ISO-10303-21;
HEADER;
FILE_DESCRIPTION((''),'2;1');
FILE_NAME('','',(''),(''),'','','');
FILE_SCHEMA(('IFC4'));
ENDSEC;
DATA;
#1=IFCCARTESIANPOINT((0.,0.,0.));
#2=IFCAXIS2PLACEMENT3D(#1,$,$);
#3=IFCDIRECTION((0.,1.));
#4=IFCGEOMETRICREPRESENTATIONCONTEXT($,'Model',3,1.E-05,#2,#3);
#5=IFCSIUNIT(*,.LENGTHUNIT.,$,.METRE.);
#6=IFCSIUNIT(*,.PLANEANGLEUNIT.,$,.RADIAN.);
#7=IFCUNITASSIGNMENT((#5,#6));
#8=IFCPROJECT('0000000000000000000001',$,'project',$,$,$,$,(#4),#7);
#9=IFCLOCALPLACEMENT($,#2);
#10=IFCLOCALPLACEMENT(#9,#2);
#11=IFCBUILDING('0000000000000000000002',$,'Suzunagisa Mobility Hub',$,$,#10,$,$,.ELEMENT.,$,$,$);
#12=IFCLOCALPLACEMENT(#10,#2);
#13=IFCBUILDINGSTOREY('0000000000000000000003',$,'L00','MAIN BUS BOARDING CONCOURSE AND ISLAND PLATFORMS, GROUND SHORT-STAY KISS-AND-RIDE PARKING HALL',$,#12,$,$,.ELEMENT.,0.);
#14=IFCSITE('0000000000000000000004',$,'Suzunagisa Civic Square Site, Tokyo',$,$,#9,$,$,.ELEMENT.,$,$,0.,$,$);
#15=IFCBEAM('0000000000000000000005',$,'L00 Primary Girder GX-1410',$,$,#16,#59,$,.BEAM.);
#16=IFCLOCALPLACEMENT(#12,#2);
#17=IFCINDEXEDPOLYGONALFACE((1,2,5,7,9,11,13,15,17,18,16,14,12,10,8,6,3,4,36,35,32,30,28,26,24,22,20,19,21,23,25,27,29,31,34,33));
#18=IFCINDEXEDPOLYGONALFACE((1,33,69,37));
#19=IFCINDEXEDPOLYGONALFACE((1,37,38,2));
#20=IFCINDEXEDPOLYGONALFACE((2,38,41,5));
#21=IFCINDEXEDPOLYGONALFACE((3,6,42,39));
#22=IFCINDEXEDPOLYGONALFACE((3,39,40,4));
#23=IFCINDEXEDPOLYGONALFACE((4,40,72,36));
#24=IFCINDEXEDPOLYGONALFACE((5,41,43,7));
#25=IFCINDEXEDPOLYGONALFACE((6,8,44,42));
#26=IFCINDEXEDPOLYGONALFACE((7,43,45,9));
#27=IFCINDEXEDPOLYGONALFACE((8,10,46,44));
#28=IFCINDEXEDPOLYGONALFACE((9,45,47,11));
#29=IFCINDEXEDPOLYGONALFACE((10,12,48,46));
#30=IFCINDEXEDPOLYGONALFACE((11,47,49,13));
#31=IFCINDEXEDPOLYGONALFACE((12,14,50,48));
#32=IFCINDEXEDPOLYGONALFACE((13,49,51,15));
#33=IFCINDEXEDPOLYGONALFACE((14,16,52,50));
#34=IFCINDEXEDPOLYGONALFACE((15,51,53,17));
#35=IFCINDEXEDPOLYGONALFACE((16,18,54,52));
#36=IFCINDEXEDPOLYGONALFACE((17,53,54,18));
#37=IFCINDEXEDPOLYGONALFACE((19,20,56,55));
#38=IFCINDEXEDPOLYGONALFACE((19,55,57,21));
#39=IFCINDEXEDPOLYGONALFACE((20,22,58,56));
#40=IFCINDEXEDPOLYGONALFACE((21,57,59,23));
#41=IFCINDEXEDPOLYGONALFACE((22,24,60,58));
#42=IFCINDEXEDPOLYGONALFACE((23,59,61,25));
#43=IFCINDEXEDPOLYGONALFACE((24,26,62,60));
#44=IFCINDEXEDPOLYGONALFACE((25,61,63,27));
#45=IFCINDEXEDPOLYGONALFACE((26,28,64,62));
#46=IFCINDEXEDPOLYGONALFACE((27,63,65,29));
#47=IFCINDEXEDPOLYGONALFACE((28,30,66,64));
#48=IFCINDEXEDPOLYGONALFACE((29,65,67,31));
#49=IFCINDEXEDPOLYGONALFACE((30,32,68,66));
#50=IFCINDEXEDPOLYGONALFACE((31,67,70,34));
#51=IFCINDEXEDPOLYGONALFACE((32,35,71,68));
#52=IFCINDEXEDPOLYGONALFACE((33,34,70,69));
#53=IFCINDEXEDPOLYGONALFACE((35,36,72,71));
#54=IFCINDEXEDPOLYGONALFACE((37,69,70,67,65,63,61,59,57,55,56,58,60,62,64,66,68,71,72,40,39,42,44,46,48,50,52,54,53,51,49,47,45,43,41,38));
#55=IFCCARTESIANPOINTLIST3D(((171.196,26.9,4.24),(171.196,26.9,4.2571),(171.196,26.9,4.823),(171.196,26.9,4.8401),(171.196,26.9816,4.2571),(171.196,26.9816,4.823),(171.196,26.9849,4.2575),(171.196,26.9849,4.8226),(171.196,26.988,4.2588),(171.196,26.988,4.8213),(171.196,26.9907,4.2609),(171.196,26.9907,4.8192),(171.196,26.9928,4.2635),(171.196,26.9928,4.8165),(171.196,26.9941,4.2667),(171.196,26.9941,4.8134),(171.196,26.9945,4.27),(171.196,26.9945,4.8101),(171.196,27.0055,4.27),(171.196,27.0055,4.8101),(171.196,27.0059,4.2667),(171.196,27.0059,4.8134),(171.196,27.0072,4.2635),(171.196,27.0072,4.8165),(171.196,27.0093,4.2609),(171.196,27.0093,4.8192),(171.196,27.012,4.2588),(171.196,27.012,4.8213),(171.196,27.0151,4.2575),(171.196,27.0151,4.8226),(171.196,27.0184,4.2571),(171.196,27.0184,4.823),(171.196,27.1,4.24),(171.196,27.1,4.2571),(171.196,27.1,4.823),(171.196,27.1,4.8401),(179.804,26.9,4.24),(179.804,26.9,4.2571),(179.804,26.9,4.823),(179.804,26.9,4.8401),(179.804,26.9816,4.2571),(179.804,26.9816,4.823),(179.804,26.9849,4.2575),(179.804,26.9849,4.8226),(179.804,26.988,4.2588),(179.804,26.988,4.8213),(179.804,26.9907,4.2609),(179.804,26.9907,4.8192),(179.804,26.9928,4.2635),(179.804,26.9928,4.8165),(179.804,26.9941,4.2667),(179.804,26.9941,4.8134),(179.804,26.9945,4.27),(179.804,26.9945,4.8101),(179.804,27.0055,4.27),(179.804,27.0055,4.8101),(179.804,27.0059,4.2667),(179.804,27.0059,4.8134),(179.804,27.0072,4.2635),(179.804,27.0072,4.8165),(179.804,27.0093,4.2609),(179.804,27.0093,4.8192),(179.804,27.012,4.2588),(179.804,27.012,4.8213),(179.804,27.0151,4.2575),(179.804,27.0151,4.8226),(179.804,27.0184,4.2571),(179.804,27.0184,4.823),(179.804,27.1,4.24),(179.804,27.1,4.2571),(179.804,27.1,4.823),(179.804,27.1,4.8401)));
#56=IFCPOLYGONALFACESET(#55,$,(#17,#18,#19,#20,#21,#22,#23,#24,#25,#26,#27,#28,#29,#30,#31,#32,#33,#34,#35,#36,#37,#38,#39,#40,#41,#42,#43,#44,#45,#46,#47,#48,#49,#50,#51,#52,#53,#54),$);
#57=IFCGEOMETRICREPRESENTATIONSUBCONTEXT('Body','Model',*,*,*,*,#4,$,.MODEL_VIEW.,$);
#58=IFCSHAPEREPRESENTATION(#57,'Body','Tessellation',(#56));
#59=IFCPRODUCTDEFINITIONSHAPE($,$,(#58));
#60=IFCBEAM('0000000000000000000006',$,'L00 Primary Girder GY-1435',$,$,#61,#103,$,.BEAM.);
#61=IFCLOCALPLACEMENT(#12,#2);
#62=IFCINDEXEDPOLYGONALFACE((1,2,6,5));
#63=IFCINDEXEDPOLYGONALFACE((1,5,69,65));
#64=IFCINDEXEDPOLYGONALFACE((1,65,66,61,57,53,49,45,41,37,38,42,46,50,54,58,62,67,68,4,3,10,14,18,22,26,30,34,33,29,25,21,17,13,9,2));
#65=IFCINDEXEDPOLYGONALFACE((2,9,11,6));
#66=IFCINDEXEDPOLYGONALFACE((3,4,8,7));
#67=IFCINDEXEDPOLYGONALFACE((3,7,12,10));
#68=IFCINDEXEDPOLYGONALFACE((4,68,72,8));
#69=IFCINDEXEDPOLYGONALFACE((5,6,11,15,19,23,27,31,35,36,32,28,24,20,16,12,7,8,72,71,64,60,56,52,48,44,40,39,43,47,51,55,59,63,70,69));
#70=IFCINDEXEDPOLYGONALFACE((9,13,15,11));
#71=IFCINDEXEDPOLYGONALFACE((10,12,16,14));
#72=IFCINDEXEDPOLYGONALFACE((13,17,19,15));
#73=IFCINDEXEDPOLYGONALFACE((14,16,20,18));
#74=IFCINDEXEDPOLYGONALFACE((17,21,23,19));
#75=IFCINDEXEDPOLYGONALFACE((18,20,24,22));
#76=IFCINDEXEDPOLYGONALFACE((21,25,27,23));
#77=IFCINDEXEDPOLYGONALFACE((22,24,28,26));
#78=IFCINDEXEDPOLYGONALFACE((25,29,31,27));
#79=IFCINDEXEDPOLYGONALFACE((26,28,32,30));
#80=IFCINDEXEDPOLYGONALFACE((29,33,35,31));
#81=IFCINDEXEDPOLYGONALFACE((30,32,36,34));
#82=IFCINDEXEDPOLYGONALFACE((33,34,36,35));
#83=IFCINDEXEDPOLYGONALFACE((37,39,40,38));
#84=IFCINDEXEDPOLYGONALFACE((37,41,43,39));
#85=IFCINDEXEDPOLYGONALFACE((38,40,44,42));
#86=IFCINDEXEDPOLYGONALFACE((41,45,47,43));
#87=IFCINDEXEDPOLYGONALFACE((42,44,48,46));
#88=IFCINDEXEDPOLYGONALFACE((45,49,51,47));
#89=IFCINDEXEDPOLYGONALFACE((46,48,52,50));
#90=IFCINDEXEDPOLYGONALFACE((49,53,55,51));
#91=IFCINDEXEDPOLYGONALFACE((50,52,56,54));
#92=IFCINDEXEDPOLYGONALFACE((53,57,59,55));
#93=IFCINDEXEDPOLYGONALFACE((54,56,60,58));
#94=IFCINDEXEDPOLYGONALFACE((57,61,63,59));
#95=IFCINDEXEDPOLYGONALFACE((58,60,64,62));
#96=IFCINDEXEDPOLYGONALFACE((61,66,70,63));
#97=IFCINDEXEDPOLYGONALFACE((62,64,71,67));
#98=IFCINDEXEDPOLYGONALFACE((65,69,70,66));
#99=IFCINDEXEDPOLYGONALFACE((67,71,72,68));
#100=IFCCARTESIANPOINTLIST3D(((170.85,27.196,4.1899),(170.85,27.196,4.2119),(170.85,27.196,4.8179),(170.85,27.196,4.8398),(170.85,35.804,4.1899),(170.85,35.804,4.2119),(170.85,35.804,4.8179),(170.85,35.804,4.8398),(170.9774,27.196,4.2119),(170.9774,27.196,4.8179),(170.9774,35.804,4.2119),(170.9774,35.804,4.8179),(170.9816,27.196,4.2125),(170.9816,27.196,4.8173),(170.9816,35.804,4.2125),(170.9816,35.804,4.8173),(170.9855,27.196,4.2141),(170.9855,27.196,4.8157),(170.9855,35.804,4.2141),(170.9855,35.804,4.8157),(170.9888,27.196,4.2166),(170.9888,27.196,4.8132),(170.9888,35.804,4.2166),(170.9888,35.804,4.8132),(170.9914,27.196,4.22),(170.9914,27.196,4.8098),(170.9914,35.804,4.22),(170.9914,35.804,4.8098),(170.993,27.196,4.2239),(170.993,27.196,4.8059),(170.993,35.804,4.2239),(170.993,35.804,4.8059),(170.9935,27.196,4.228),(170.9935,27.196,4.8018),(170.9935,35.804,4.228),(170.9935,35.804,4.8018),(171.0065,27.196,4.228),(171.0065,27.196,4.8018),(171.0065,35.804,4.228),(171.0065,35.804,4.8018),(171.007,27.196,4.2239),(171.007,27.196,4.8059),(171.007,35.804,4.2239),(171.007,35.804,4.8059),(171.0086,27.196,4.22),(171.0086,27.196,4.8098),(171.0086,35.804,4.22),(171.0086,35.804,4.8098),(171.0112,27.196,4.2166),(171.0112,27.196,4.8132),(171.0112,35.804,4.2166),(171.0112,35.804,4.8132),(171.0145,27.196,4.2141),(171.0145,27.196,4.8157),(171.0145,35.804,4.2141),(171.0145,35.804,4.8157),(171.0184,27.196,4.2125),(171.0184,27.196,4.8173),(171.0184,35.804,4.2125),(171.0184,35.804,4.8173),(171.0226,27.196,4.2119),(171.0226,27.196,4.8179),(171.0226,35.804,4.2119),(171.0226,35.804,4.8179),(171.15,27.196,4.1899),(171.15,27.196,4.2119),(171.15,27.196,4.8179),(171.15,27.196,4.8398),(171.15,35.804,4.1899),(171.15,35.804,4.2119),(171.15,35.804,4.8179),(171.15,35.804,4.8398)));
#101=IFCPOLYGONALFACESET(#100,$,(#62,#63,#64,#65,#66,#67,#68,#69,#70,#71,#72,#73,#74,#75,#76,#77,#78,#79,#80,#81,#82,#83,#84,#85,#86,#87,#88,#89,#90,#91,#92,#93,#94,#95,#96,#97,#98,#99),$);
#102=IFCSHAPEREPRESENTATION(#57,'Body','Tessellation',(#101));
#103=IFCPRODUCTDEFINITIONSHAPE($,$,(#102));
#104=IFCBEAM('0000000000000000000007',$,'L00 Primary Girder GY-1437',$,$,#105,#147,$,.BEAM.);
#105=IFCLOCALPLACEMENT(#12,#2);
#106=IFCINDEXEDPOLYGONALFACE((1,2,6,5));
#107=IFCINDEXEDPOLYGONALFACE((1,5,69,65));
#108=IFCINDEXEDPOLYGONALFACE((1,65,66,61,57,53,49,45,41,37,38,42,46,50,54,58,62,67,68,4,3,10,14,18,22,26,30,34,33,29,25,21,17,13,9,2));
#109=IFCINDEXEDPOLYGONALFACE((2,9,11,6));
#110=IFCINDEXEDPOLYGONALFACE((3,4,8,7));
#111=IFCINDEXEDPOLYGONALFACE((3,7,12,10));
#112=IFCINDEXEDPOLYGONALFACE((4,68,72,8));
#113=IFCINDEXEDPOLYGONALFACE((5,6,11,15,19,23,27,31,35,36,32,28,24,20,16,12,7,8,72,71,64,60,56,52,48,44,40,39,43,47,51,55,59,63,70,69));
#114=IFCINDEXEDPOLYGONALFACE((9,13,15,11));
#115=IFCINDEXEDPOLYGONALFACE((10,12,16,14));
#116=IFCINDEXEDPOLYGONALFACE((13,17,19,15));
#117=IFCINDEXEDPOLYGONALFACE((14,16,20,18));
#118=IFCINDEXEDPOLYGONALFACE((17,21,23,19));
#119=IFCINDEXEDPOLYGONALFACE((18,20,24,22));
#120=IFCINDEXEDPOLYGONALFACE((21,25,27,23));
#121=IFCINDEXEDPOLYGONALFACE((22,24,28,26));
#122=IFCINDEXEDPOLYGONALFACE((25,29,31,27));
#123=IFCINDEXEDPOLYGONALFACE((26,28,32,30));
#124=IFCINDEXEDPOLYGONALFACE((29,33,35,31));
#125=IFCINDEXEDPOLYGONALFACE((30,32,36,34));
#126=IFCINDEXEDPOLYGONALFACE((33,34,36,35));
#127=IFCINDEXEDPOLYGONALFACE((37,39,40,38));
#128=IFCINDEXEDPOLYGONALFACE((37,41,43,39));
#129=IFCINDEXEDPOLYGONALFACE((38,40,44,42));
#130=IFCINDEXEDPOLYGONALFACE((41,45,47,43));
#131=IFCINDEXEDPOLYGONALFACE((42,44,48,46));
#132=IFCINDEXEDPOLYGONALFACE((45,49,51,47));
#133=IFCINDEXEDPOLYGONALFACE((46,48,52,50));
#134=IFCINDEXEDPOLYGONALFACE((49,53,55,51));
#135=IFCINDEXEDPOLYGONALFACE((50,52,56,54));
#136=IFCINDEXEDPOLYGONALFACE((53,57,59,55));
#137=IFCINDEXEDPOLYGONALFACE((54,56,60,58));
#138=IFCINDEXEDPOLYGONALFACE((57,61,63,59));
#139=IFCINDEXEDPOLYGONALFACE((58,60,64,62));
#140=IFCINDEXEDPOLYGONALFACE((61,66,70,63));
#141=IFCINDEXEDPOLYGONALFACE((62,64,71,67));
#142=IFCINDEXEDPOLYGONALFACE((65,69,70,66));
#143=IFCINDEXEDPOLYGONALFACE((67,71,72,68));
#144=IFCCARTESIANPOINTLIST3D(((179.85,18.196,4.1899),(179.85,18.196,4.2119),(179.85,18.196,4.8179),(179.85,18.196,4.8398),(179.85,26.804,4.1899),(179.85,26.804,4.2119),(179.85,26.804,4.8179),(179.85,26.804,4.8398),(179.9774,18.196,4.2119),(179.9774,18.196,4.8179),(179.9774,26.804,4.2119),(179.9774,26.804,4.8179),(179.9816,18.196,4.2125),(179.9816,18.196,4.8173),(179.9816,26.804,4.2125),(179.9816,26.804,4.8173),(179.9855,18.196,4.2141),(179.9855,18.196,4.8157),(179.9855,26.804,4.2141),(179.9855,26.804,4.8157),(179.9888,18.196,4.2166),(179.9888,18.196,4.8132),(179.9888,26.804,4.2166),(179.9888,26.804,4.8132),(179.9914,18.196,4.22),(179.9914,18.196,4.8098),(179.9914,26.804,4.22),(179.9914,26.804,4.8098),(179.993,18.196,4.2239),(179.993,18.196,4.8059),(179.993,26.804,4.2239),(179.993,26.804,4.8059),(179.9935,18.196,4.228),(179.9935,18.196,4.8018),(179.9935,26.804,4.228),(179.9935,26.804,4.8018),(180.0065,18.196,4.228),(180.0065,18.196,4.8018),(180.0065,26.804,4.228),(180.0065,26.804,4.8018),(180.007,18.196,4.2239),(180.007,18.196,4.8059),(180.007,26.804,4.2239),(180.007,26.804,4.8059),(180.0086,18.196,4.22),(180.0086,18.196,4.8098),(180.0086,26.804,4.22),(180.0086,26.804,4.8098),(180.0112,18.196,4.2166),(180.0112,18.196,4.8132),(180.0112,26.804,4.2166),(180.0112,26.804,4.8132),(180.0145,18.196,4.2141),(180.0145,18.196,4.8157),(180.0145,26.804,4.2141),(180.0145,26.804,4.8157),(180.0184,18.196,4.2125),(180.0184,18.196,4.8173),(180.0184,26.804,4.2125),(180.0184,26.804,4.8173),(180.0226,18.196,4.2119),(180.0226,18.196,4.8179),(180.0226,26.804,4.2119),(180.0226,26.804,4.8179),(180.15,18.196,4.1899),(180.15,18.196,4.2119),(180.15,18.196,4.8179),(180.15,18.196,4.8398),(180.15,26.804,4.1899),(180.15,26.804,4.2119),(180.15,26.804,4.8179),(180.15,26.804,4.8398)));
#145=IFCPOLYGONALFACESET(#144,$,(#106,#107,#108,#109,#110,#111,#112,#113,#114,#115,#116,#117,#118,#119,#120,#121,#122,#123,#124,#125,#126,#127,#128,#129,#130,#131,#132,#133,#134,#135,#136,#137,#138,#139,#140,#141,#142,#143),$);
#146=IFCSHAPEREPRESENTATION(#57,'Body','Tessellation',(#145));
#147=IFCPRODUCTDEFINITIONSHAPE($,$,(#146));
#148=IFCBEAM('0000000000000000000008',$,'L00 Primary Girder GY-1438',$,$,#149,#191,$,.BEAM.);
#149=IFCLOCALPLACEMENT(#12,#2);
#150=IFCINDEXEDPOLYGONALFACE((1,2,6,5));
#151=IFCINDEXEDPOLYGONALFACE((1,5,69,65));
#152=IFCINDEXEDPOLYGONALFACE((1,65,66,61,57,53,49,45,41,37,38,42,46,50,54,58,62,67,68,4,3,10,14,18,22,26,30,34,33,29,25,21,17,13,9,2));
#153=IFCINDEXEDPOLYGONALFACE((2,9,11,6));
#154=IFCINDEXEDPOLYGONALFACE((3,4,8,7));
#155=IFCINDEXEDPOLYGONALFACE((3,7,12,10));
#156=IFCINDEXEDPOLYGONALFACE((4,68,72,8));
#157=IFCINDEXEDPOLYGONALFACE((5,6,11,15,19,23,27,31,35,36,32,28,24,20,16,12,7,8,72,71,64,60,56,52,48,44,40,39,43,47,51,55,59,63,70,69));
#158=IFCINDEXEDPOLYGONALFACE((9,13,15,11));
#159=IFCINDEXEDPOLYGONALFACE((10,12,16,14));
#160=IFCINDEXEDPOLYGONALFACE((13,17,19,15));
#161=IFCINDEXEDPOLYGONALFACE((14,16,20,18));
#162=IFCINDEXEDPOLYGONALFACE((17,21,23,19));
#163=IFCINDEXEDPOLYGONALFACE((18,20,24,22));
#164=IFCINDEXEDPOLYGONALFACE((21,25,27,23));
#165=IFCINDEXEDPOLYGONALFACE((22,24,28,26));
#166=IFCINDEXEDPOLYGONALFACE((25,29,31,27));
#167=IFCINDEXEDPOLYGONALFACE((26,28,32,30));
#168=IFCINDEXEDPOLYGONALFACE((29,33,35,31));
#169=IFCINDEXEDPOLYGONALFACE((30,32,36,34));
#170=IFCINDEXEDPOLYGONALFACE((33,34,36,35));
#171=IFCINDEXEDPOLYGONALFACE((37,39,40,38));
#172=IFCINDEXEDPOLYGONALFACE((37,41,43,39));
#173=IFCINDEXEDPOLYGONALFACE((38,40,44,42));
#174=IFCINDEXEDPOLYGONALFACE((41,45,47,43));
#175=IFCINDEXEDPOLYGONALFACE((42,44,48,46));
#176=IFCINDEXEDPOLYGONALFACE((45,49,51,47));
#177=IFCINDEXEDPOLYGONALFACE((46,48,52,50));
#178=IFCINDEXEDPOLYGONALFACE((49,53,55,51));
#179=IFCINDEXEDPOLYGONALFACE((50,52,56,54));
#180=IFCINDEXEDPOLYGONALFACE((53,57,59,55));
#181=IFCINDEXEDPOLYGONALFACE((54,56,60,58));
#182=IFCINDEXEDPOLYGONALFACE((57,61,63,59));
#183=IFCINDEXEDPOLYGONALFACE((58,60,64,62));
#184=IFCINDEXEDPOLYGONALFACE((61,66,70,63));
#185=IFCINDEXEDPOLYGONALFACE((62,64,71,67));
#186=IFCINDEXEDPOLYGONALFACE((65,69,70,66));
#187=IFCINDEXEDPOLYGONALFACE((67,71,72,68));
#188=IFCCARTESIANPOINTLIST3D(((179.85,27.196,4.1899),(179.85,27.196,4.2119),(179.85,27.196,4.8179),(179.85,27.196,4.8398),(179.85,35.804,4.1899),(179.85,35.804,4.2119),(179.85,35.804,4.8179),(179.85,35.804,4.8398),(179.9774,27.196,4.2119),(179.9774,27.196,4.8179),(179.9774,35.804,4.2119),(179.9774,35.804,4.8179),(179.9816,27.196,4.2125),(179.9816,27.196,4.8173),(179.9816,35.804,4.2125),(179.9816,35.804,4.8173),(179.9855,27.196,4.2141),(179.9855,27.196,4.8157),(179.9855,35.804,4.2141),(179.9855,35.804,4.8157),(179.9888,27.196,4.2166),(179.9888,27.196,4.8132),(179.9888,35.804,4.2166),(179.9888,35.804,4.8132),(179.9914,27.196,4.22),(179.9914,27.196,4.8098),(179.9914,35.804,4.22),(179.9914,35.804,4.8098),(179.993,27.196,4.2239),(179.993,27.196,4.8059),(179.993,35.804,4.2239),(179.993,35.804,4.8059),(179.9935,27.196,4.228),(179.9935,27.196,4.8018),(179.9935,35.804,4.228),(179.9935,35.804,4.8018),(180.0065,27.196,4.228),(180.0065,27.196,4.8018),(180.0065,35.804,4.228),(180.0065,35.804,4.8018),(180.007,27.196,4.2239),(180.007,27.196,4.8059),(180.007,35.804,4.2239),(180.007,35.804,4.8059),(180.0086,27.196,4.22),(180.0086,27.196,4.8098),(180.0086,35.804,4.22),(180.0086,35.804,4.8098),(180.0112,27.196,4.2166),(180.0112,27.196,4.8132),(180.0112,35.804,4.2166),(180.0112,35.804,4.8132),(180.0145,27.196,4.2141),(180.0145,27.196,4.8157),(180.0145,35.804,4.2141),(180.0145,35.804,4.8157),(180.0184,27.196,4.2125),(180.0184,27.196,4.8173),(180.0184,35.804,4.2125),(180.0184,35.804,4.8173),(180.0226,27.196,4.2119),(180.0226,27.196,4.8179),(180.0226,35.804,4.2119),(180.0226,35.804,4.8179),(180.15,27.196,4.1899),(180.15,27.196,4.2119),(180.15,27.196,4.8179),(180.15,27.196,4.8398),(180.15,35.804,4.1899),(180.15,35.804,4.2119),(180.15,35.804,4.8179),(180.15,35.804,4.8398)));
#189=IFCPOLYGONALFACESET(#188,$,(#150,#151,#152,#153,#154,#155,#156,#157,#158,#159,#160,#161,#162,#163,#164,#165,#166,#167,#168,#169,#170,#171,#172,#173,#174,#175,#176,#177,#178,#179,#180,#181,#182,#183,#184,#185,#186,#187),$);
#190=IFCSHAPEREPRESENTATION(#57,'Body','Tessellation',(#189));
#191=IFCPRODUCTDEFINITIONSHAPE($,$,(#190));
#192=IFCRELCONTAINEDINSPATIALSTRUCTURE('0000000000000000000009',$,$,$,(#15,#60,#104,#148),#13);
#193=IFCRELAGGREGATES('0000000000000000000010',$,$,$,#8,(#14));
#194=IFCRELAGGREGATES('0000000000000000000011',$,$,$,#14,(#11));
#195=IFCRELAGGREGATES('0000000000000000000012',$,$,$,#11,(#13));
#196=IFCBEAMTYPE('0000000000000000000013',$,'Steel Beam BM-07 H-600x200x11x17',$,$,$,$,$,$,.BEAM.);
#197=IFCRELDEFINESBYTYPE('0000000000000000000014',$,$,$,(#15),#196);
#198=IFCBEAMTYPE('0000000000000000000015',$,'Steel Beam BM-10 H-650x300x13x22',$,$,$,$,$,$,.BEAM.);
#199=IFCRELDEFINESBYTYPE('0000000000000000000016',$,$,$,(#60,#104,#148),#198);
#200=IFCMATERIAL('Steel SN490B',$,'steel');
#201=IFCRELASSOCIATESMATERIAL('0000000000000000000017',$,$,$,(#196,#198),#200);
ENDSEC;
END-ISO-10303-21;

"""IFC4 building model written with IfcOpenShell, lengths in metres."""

from ifc_helpers import new_model, si_unit, direction, frame, origin, origin_2d, place, context, subcontext, project, spatial, i_section, extrude, material, material_profile, profile_set, type_object, element, save


model = new_model("IFC4")

# Units and contexts
model_context = context("Model", 3, precision=1e-05, world=origin(), true_north=direction((0.0, 1.0)))
body_context = subcontext(model_context, "Body", "Model", "MODEL_VIEW")
ifc_project = project(units=[si_unit("LENGTHUNIT", "METRE"), si_unit("PLANEANGLEUNIT", "RADIAN")], contexts=[model_context])

# Site, building, storey
site_placement = place(None, origin())
site = spatial("IfcSite", under=ifc_project, at=site_placement, Name="Suzunagisa Civic Square Site, Tokyo", CompositionType="ELEMENT", RefElevation=0.0)
building_placement = place(site_placement, origin())
building = spatial("IfcBuilding", under=site, at=building_placement, Name="Suzunagisa Mobility Hub", CompositionType="ELEMENT")
storey_placement = place(building_placement, origin())
storey = spatial("IfcBuildingStorey", under=building, at=storey_placement, Name="L00", Description="MAIN BUS BOARDING CONCOURSE AND ISLAND PLATFORMS, GROUND SHORT-STAY KISS-AND-RIDE PARKING HALL", CompositionType="ELEMENT", Elevation=0.0)

# Shared definitions
ifc_material_1 = material(Name="Steel SN490B", Category="steel")

# Beams
ifc_material_profile_1 = material_profile(ifc_material_1, i_section(OverallWidth=0.2, OverallDepth=0.6001, WebThickness=0.011, FlangeThickness=0.0171, FilletRadius=0.0129, at=origin_2d()), Name="H-600x200x11x17")
ifc_profile_set_1 = profile_set([ifc_material_profile_1], Name="Steel SN490B")
beam_type_1 = type_object("IfcBeamType", Name="Steel Beam BM-07 H-600x200x11x17", PredefinedType="BEAM", material=ifc_profile_set_1)
for number, where, z_axis, x_axis, name in (
    (1, (171.196, 27.0, 4.54), (1.0, 0.0, 0.0), (0.0, 1.0, 0.0), "L00 Primary Girder GX-1410"),
):
    element("IfcBeam", number, at=place(storey_placement, frame(where, z_axis=z_axis, x_axis=x_axis)), inside=storey, type_object=beam_type_1, Name=name, PredefinedType="BEAM", context=body_context, shape_type="SweptSolid", body=[
        extrude(i_section(OverallWidth=0.2, OverallDepth=0.6001, WebThickness=0.011, FlangeThickness=0.0171, FilletRadius=0.0129, at=origin_2d()), origin(), (0.0, 0.0, 1.0), 8.6079),
    ])
ifc_material_profile_2 = material_profile(ifc_material_1, i_section(OverallWidth=0.3, OverallDepth=0.6499, WebThickness=0.0129, FlangeThickness=0.022, FilletRadius=0.0161, at=origin_2d()), Name="H-650x300x13x22")
ifc_profile_set_2 = profile_set([ifc_material_profile_2], Name="Steel SN490B")
beam_type_2 = type_object("IfcBeamType", Name="Steel Beam BM-10 H-650x300x13x22", PredefinedType="BEAM", material=ifc_profile_set_2)
for number, where, z_axis, x_axis, name in (
    (2, (171.0, 27.196, 4.5149), (0.0, 1.0, 0.0), (-1.0, 0.0, 0.0), "L00 Primary Girder GY-1435"),
    (3, (180.0, 18.196, 4.5149), (0.0, 1.0, 0.0), (-1.0, 0.0, 0.0), "L00 Primary Girder GY-1437"),
    (4, (180.0, 27.196, 4.5149), (0.0, 1.0, 0.0), (-1.0, 0.0, 0.0), "L00 Primary Girder GY-1438"),
):
    element("IfcBeam", number, at=place(storey_placement, frame(where, z_axis=z_axis, x_axis=x_axis)), inside=storey, type_object=beam_type_2, Name=name, PredefinedType="BEAM", context=body_context, shape_type="SweptSolid", body=[
        extrude(i_section(OverallWidth=0.3, OverallDepth=0.6499, WebThickness=0.0129, FlangeThickness=0.022, FilletRadius=0.0161, at=origin_2d()), origin(), (0.0, 0.0, 1.0), 8.6079),
    ])

save(model, "model.ifc")
